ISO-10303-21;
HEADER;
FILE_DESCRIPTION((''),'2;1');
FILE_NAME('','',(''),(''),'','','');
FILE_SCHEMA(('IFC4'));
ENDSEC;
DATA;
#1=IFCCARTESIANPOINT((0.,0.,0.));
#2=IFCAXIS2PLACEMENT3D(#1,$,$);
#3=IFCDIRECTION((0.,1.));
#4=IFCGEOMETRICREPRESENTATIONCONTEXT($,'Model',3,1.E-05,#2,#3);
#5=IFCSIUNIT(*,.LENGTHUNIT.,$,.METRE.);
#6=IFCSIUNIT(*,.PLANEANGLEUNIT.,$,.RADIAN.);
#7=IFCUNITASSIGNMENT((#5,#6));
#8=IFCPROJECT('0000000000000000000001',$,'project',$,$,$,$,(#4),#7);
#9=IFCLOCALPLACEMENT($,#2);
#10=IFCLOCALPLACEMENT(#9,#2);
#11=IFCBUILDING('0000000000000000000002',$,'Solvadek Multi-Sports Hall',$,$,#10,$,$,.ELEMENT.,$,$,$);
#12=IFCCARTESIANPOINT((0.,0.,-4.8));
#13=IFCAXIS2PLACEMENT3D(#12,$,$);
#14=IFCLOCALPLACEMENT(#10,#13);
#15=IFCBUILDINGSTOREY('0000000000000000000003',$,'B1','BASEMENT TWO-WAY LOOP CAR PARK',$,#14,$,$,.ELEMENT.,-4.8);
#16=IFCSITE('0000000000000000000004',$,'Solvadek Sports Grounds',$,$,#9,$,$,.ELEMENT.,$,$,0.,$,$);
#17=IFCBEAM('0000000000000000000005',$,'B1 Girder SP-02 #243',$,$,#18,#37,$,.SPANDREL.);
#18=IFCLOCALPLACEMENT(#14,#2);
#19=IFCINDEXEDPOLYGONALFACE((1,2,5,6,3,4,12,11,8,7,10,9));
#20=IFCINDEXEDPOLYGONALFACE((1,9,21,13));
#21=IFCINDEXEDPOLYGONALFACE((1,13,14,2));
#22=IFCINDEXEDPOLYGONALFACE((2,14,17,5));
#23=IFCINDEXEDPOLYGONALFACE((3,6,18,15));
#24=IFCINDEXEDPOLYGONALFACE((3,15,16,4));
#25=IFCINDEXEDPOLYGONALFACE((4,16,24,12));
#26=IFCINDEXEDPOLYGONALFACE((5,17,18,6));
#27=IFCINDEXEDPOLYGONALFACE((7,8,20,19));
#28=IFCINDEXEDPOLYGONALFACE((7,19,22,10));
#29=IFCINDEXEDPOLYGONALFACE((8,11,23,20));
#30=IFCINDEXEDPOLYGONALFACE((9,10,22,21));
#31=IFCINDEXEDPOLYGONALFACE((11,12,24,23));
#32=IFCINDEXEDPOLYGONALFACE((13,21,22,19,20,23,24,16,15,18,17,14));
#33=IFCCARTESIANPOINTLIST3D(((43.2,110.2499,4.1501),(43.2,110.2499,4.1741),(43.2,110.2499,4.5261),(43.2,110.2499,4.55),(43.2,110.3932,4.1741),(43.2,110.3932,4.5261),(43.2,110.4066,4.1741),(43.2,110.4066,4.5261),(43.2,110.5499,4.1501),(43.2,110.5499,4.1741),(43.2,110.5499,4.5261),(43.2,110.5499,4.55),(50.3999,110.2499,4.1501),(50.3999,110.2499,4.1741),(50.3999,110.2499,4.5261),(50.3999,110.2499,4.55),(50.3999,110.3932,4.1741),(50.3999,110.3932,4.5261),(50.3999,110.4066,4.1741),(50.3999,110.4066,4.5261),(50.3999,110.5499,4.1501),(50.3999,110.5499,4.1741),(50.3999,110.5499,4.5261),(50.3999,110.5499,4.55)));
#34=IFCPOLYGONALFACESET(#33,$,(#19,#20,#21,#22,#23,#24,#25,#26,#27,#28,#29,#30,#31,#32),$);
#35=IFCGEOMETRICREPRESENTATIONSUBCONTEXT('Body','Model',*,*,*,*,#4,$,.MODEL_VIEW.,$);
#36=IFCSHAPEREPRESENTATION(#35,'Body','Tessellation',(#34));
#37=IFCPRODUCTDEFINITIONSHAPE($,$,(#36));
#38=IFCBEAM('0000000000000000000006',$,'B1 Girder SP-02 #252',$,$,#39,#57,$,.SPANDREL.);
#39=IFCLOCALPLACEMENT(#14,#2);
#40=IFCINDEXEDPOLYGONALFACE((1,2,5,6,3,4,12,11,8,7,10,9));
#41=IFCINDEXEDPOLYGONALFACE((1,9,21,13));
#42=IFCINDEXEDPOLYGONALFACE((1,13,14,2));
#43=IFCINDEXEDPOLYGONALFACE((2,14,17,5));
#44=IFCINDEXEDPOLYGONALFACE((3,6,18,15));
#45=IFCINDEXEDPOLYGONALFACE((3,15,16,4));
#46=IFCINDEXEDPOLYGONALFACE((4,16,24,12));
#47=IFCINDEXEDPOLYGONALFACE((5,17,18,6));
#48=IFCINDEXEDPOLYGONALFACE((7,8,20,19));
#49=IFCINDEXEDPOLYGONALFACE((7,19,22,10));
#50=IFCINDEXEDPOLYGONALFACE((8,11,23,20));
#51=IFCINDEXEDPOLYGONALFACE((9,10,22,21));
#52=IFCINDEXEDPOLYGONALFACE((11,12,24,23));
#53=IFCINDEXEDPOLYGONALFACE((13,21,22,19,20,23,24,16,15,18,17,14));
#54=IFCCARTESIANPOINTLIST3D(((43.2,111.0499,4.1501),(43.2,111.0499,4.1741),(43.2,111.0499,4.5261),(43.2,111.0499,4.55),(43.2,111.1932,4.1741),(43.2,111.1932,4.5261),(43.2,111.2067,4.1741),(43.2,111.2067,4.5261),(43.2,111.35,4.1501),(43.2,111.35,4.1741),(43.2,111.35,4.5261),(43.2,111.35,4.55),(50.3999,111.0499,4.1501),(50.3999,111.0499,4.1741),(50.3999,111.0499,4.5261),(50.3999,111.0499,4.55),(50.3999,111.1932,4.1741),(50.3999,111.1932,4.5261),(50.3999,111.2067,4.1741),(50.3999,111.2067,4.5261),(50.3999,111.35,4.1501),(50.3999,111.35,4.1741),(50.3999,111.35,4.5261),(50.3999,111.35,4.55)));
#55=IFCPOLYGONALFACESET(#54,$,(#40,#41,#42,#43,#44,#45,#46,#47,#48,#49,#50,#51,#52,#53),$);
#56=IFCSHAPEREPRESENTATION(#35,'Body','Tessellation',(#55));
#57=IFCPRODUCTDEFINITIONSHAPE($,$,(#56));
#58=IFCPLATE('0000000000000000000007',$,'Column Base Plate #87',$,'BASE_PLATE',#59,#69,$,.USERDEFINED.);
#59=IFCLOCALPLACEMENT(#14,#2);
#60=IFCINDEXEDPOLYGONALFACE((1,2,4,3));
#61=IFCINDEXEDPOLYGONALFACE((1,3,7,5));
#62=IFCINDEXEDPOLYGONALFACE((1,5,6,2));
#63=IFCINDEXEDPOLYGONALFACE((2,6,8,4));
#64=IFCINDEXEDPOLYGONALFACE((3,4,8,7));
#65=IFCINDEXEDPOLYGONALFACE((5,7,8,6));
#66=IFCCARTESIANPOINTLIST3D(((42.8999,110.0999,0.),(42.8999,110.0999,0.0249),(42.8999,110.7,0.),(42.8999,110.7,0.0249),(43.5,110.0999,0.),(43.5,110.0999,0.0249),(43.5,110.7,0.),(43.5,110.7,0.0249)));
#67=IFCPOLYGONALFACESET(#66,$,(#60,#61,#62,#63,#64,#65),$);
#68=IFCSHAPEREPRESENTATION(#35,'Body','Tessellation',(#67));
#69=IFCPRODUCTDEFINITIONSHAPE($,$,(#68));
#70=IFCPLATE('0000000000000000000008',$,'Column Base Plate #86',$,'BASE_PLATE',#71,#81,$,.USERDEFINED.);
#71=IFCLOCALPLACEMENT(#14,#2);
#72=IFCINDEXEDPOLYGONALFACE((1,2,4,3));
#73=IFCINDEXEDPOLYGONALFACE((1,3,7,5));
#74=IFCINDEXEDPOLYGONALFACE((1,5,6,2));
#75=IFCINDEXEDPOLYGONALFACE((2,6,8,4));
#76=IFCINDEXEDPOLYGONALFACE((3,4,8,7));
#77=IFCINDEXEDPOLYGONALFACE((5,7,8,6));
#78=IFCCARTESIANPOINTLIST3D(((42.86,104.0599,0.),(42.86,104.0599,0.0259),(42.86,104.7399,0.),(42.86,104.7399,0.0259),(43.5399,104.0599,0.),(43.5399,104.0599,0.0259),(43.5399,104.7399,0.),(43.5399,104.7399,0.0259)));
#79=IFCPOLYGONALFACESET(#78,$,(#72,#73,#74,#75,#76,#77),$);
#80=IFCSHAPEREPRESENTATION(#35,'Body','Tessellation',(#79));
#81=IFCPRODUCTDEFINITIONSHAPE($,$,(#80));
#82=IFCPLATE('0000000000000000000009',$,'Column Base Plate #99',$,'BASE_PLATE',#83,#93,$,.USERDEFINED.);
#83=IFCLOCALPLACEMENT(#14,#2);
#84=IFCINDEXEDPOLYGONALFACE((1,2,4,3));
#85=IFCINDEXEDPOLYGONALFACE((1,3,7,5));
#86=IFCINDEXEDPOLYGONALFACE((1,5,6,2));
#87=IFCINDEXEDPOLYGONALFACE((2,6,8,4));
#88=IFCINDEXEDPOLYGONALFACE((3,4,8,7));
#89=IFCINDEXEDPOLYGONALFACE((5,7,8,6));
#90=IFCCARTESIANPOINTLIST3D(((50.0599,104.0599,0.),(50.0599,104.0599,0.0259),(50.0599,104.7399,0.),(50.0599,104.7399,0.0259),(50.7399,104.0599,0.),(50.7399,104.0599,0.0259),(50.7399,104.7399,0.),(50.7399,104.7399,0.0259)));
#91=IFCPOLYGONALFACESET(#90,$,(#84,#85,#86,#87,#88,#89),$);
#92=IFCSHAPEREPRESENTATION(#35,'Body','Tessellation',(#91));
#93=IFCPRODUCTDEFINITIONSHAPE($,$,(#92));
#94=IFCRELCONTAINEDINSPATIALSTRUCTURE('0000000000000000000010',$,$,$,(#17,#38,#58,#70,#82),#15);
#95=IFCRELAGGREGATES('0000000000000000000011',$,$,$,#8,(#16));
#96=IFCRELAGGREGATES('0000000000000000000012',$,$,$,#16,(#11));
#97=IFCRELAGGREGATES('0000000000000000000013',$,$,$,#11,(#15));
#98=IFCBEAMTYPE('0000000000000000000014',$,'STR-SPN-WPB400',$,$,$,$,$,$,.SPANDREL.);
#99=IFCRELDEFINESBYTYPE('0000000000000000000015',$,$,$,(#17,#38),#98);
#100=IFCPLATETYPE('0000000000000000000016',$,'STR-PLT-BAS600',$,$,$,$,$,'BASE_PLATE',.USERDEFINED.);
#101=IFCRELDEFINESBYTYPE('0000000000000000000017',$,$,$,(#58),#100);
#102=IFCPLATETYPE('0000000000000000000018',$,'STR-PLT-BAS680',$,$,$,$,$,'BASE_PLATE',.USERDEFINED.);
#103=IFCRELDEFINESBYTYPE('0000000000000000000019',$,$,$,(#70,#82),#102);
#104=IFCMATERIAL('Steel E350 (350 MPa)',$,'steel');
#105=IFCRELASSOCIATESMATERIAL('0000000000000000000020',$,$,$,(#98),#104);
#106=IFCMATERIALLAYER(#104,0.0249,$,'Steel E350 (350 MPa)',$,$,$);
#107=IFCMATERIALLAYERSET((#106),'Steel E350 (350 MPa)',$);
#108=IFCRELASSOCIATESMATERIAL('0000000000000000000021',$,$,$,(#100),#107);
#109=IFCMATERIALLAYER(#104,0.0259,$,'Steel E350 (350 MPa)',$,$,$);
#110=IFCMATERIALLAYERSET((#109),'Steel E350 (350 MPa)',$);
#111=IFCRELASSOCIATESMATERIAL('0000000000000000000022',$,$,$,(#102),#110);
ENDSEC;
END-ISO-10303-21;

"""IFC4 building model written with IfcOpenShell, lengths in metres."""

from ifc_helpers import new_model, si_unit, direction, frame, origin, origin_2d, place, context, subcontext, project, spatial, rectangle, i_section, extrude, material, layer, layer_set, material_profile, profile_set, type_object, element, save


model = new_model("IFC4")

# Units and contexts
model_context = context("Model", 3, precision=1e-05, world=origin(), true_north=direction((0.0, 1.0)))
body_context = subcontext(model_context, "Body", "Model", "MODEL_VIEW")
ifc_project = project(units=[si_unit("LENGTHUNIT", "METRE"), si_unit("PLANEANGLEUNIT", "RADIAN")], contexts=[model_context])

# Site, building, storey
site_placement = place(None, origin())
site = spatial("IfcSite", under=ifc_project, at=site_placement, Name="Solvadek Sports Grounds", CompositionType="ELEMENT", RefElevation=0.0)
building_placement = place(site_placement, origin())
building = spatial("IfcBuilding", under=site, at=building_placement, Name="Solvadek Multi-Sports Hall", CompositionType="ELEMENT")
storey_placement = place(building_placement, frame((0.0, 0.0, -4.8)))
storey = spatial("IfcBuildingStorey", under=building, at=storey_placement, Name="B1", Description="BASEMENT TWO-WAY LOOP CAR PARK", CompositionType="ELEMENT", Elevation=-4.8)

# Shared definitions
ifc_material_1 = material(Name="Steel E350 (350 MPa)", Category="steel")

# Beams
ifc_material_profile_1 = material_profile(ifc_material_1, i_section(OverallWidth=0.3, OverallDepth=0.3999, WebThickness=0.0134, FlangeThickness=0.0239, at=origin_2d()), Name="WPB 400")
ifc_profile_set_1 = profile_set([ifc_material_profile_1], Name="Steel E350 (350 MPa)")
beam_type_1 = type_object("IfcBeamType", Name="STR-SPN-WPB400", PredefinedType="SPANDREL", material=ifc_profile_set_1)
for number, where, z_axis, x_axis, name in (
    (1, (43.2, 110.3999, 4.3501), (1.0, 0.0, 0.0), (0.0, 1.0, 0.0), "B1 Girder SP-02 #243"),
    (2, (43.2, 111.2, 4.3501), (1.0, 0.0, 0.0), (0.0, 1.0, 0.0), "B1 Girder SP-02 #252"),
):
    element("IfcBeam", number, at=place(storey_placement, frame(where, z_axis=z_axis, x_axis=x_axis)), inside=storey, type_object=beam_type_1, Name=name, PredefinedType="SPANDREL", context=body_context, shape_type="SweptSolid", body=[
        extrude(i_section(OverallWidth=0.3, OverallDepth=0.3999, WebThickness=0.0134, FlangeThickness=0.0239, at=origin_2d()), origin(), (0.0, 0.0, 1.0), 7.2),
    ])

# Plates
ifc_layer_1 = layer(ifc_material_1, 0.0249, Name="Steel E350 (350 MPa)")
ifc_layer_set_1 = layer_set([ifc_layer_1], Name="Steel E350 (350 MPa)")
plate_type_1 = type_object("IfcPlateType", Name="STR-PLT-BAS600", ElementType="BASE_PLATE", PredefinedType="USERDEFINED", material=ifc_layer_set_1)
plate_placement = place(storey_placement, frame((43.2, 110.3999, 0.0), z_axis=(0.0, 0.0, 1.0), x_axis=(1.0, 0.0, 0.0)))
element("IfcPlate", 3, at=plate_placement, inside=storey, type_object=plate_type_1, Name="Column Base Plate #87", ObjectType="BASE_PLATE", PredefinedType="USERDEFINED", context=body_context, shape_type="SweptSolid", body=[
    extrude(rectangle(XDim=0.6001, YDim=0.6001, at=origin_2d()), origin(), (0.0, 0.0, 1.0), 0.0249),
])
ifc_layer_2 = layer(ifc_material_1, 0.0259, Name="Steel E350 (350 MPa)")
ifc_layer_set_2 = layer_set([ifc_layer_2], Name="Steel E350 (350 MPa)")
plate_type_2 = type_object("IfcPlateType", Name="STR-PLT-BAS680", ElementType="BASE_PLATE", PredefinedType="USERDEFINED", material=ifc_layer_set_2)
for number, where, z_axis, x_axis, name in (
    (4, (43.2, 104.3999, 0.0), (0.0, 0.0, 1.0), (1.0, 0.0, 0.0), "Column Base Plate #86"),
    (5, (50.3999, 104.3999, 0.0), (0.0, 0.0, 1.0), (1.0, 0.0, 0.0), "Column Base Plate #99"),
):
    element("IfcPlate", number, at=place(storey_placement, frame(where, z_axis=z_axis, x_axis=x_axis)), inside=storey, type_object=plate_type_2, Name=name, ObjectType="BASE_PLATE", PredefinedType="USERDEFINED", context=body_context, shape_type="SweptSolid", body=[
        extrude(rectangle(XDim=0.6799, YDim=0.6799, at=origin_2d()), origin(), (0.0, 0.0, 1.0), 0.0259),
    ])

save(model, "model.ifc")
